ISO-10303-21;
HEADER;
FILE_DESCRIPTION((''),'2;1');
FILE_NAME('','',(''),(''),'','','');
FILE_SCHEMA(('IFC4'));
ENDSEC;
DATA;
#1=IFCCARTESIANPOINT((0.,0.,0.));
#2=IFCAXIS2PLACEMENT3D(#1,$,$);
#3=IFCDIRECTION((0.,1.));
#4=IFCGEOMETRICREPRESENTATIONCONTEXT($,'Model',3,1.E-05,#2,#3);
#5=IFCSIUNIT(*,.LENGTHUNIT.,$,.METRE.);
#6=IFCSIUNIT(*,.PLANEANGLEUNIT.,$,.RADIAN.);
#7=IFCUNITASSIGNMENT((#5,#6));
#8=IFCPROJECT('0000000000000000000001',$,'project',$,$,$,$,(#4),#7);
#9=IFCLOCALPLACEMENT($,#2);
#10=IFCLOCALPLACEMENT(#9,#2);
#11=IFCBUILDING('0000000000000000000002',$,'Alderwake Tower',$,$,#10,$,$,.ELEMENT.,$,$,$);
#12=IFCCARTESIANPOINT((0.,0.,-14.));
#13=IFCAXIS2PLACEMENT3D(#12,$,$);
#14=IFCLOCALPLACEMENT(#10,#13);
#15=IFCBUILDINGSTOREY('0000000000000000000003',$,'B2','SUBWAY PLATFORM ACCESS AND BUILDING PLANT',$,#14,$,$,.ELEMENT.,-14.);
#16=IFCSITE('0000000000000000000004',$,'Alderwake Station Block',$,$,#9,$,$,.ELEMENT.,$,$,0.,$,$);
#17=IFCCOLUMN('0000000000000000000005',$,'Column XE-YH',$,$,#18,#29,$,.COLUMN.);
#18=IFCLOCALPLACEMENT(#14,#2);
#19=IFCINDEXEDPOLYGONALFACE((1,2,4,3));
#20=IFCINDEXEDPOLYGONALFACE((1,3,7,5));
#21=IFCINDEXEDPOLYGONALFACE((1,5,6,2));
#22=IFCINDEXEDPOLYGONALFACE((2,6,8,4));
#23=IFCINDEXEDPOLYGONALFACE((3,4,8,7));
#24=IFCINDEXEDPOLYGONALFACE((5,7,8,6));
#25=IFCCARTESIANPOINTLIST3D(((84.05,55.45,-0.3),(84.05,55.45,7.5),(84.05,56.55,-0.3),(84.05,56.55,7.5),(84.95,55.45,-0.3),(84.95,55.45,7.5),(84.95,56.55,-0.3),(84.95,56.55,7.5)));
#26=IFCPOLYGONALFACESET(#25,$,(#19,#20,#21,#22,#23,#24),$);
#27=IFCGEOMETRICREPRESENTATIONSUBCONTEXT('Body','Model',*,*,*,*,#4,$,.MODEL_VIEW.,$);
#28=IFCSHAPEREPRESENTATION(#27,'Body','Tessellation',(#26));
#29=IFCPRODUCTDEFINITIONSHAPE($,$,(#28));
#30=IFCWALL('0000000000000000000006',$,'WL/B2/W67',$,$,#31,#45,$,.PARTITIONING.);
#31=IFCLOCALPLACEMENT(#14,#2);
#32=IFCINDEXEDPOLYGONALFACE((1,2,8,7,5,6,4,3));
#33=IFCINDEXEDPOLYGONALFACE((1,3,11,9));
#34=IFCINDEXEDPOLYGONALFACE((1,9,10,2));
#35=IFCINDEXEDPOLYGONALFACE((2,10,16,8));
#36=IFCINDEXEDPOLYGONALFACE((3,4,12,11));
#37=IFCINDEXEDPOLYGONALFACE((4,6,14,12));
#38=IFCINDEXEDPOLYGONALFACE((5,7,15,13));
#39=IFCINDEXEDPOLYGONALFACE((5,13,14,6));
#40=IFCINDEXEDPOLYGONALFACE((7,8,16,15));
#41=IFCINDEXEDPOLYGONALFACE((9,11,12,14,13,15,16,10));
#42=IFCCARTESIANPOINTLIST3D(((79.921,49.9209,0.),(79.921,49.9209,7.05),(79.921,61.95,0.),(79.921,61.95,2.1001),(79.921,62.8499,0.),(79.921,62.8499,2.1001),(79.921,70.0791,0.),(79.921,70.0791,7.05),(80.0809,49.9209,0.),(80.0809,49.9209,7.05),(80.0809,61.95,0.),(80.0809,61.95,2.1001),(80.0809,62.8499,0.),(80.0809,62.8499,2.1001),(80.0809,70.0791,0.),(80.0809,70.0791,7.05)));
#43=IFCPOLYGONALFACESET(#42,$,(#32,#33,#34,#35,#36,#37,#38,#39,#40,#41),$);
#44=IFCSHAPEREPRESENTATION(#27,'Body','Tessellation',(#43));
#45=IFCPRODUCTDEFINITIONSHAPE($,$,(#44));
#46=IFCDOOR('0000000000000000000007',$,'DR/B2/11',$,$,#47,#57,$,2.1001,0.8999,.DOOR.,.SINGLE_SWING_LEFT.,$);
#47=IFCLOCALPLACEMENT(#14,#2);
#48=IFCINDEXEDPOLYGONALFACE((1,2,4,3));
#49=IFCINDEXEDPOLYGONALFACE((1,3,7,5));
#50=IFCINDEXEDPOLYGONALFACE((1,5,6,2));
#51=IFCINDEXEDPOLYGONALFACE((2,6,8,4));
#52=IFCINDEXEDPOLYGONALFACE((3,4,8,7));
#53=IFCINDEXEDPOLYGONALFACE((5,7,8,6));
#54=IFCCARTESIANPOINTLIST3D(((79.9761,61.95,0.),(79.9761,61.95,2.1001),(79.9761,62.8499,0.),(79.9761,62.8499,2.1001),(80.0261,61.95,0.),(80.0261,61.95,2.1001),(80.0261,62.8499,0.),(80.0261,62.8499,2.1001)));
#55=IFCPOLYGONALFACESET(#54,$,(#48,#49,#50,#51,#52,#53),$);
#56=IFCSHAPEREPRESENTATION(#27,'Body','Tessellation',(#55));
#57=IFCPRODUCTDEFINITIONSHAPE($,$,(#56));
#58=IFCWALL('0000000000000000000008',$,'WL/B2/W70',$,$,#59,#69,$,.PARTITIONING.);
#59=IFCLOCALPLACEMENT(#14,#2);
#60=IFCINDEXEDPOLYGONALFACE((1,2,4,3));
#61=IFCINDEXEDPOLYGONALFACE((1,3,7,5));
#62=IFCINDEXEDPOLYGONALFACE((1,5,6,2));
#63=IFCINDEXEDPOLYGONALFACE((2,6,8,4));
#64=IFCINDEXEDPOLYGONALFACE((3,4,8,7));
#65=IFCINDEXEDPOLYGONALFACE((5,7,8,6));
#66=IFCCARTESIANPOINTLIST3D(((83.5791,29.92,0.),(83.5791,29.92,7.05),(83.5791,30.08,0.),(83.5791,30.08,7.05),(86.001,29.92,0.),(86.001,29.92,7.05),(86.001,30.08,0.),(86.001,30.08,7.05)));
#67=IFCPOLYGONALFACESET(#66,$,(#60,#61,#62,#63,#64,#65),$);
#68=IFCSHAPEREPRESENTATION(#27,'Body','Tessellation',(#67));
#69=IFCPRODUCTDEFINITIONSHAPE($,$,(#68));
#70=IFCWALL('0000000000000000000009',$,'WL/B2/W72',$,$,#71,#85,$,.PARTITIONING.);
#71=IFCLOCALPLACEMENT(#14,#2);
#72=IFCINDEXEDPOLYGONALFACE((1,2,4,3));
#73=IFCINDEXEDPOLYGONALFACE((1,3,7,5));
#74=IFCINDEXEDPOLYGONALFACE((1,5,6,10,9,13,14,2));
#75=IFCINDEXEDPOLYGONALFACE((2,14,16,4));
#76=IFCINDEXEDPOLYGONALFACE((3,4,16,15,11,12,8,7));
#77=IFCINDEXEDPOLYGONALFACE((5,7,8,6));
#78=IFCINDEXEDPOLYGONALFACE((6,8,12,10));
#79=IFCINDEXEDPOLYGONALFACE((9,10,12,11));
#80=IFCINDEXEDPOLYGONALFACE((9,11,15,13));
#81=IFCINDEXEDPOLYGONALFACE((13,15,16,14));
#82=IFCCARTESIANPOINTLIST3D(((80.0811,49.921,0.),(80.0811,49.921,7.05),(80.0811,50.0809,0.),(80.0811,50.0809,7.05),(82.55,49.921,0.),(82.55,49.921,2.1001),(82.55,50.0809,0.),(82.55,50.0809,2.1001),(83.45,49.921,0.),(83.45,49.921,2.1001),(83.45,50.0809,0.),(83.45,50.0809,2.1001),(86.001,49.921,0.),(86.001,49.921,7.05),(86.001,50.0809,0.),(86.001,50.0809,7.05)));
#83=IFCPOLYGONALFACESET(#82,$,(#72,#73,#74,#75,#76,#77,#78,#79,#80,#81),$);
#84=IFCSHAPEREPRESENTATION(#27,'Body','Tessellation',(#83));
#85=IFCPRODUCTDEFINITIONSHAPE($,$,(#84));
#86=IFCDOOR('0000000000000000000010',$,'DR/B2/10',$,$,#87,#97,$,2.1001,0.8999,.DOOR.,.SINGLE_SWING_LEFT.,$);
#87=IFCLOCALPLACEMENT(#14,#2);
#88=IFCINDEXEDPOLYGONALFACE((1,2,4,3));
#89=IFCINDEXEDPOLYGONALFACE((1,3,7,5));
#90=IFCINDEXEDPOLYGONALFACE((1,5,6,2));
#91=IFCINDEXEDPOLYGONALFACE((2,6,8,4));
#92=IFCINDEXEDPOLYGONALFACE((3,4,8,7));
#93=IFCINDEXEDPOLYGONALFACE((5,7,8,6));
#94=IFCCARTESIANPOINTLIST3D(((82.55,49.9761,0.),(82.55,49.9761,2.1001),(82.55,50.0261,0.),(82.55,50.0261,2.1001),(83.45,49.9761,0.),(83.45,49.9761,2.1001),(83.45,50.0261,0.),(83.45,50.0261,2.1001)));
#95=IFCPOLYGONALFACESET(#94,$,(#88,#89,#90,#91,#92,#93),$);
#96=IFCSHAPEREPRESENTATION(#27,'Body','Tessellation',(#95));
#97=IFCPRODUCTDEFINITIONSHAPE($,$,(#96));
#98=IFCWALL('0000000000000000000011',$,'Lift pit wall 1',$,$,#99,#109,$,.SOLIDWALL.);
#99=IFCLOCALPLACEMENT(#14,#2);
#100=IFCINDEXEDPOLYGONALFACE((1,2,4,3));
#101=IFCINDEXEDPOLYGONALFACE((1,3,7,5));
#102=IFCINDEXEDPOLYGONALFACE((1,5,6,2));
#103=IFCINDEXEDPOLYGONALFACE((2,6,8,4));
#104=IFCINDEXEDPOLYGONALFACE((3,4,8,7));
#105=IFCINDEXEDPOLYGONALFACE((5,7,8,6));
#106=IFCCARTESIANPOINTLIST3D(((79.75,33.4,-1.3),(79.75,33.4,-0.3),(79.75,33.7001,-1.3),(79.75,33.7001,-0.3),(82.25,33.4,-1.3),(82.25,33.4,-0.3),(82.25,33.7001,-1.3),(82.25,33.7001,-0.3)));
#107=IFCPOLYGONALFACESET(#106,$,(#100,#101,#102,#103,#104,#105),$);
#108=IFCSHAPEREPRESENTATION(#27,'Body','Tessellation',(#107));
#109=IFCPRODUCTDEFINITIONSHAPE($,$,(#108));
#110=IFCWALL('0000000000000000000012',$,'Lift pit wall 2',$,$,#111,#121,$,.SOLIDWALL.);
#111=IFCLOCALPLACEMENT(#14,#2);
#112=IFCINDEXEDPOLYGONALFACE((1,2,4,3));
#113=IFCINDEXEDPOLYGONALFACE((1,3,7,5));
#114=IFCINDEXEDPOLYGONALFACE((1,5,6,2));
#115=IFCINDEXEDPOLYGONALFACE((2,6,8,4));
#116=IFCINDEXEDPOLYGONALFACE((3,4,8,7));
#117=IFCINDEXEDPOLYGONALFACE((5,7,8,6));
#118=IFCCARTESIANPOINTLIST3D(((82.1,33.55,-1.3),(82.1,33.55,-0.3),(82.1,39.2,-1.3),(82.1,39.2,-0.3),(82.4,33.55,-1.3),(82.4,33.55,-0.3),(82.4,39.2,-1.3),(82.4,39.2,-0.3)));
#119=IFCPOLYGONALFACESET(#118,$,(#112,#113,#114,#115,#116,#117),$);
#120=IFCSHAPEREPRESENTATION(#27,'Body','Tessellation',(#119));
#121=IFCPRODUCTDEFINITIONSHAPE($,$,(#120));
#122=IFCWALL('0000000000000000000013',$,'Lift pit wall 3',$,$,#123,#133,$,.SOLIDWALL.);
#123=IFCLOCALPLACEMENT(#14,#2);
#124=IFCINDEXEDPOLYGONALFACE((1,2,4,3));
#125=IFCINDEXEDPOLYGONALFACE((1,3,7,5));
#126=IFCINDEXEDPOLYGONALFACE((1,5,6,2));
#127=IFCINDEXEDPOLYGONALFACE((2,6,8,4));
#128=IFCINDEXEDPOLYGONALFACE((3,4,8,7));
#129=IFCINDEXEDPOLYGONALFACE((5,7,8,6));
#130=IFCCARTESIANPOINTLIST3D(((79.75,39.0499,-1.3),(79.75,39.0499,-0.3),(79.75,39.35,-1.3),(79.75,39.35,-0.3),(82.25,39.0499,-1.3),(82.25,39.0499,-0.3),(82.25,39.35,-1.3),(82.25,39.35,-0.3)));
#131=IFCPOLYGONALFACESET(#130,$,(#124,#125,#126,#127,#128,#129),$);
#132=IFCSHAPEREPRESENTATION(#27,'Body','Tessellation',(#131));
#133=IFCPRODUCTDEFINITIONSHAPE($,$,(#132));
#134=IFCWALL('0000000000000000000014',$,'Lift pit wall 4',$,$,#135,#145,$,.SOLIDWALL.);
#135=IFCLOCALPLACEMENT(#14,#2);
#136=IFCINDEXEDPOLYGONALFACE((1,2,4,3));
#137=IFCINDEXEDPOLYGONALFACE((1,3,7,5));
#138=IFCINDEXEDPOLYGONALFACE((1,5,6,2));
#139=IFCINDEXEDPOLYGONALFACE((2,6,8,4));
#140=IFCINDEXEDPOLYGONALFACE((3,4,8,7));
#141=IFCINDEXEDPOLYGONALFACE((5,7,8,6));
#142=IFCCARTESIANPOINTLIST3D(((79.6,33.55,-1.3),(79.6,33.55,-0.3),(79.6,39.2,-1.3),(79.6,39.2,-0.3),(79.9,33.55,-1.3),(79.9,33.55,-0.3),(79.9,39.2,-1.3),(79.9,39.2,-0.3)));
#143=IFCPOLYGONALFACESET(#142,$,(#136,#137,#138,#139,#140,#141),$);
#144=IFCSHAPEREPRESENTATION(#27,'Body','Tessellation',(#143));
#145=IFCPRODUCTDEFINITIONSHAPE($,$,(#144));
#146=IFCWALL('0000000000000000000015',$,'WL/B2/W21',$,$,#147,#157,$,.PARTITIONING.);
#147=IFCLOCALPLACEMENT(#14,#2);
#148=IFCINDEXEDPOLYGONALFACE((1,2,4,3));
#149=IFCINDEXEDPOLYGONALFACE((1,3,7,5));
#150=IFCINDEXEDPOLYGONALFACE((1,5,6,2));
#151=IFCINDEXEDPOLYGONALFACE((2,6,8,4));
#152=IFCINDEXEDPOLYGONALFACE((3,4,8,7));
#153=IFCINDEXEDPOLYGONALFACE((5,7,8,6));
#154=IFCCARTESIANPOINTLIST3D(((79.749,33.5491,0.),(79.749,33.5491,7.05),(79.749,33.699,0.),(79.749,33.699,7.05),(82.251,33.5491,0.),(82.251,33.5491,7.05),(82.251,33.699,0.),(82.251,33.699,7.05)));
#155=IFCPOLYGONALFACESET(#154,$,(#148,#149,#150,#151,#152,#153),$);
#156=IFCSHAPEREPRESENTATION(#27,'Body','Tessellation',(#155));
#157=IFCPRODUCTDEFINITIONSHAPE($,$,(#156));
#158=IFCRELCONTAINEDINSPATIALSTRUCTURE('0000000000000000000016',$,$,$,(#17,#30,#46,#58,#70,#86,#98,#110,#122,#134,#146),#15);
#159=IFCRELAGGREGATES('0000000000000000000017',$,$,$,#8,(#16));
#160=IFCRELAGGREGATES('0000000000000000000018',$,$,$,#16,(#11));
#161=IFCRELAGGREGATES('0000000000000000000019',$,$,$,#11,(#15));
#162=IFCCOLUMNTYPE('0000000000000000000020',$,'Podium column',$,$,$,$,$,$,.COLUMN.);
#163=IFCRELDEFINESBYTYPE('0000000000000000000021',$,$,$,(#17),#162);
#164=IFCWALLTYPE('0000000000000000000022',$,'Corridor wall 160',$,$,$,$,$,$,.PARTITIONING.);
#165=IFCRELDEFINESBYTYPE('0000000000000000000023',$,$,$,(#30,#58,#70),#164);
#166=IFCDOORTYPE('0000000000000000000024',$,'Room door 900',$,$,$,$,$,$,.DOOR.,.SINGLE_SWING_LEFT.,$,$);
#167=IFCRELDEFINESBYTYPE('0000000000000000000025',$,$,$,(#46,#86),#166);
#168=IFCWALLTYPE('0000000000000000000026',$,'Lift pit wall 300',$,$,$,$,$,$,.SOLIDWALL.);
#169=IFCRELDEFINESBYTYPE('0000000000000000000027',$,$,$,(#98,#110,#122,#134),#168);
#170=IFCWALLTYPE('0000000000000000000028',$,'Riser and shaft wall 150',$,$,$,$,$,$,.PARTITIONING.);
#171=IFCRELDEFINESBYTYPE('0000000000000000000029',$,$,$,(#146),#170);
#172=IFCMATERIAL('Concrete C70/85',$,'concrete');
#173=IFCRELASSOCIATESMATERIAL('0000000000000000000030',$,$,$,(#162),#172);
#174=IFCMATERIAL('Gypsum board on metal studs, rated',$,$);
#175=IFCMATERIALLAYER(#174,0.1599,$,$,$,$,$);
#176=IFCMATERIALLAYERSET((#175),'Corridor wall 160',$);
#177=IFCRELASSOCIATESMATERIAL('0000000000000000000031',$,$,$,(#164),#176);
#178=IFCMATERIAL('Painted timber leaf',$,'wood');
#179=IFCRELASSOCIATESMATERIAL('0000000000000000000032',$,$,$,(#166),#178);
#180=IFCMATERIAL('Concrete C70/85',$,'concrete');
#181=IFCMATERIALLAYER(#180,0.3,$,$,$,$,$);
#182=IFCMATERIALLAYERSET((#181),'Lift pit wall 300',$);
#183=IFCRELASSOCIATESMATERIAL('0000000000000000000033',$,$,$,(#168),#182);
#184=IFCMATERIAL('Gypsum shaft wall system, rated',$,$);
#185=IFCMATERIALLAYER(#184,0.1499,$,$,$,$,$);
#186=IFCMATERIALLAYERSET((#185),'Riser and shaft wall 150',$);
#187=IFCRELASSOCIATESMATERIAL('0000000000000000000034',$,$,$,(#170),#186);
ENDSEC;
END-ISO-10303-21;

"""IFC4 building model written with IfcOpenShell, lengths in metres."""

from ifc_helpers import new_model, si_unit, direction, frame, frame_2d, origin, origin_2d, place, context, subcontext, project, spatial, rectangle, extrude, material, layer, layer_set, material_profile, profile_set, type_object, element, fill, save


model = new_model("IFC4")

# Units and contexts
model_context = context("Model", 3, precision=1e-05, world=origin(), true_north=direction((0.0, 1.0)))
body_context = subcontext(model_context, "Body", "Model", "MODEL_VIEW")
ifc_project = project(units=[si_unit("LENGTHUNIT", "METRE"), si_unit("PLANEANGLEUNIT", "RADIAN")], contexts=[model_context])

# Site, building, storey
site_placement = place(None, origin())
site = spatial("IfcSite", under=ifc_project, at=site_placement, Name="Alderwake Station Block", CompositionType="ELEMENT", RefElevation=0.0)
building_placement = place(site_placement, origin())
building = spatial("IfcBuilding", under=site, at=building_placement, Name="Alderwake Tower", CompositionType="ELEMENT")
storey_placement = place(building_placement, frame((0.0, 0.0, -14.0)))
storey = spatial("IfcBuildingStorey", under=building, at=storey_placement, Name="B2", Description="SUBWAY PLATFORM ACCESS AND BUILDING PLANT", CompositionType="ELEMENT", Elevation=-14.0)

# Column
ifc_material_1 = material(Name="Concrete C70/85", Category="concrete")
ifc_material_profile_1 = material_profile(ifc_material_1, rectangle(XDim=0.8999, YDim=1.1001, at=origin_2d()), Name="RC 1100X900")
ifc_profile_set_1 = profile_set([ifc_material_profile_1], Name="Concrete C70/85")
column_type = type_object("IfcColumnType", Name="Podium column", PredefinedType="COLUMN", material=ifc_profile_set_1)
for number, where, z_axis, x_axis, name in (
    (1, (84.5, 56.0, -0.3), (0.0, 0.0, 1.0), (1.0, 0.0, 0.0), "Column XE-YH"),
):
    element("IfcColumn", number, at=place(storey_placement, frame(where, z_axis=z_axis, x_axis=x_axis)), inside=storey, type_object=column_type, Name=name, PredefinedType="COLUMN", context=body_context, shape_type="SweptSolid", body=[
        extrude(rectangle(XDim=0.8999, YDim=1.1001, at=origin_2d()), origin(), (0.0, 0.0, 1.0), 7.8),
    ])

# Wall, opening, door
ifc_material_2 = material(Name="Gypsum board on metal studs, rated")
ifc_layer_1 = layer(ifc_material_2, 0.1599)
ifc_layer_set_1 = layer_set([ifc_layer_1], Name="Corridor wall 160")
wall_type_1 = type_object("IfcWallType", Name="Corridor wall 160", PredefinedType="PARTITIONING", material=ifc_layer_set_1)
wall_1_placement = place(storey_placement, frame((80.001, 49.9209, 0.0), z_axis=(0.0, 0.0, 1.0), x_axis=(0.0, 1.0, 0.0)))
wall_1 = element("IfcWall", 2, at=wall_1_placement, inside=storey, type_object=wall_type_1, Name="WL/B2/W67", PredefinedType="PARTITIONING", context=body_context, shape_type="SweptSolid", body=[
    extrude(rectangle(XDim=20.1582, YDim=0.1599, at=frame_2d((10.0791, 0.0))), origin(), (0.0, 0.0, 1.0), 7.05),
])
opening_1_placement = place(wall_1_placement, frame((12.0291, 0.0, 0.0)))
opening_1 = element("IfcOpeningElement", 3, at=opening_1_placement, cuts=wall_1, PredefinedType="OPENING", context=body_context, shape_type="SweptSolid", body=[
    extrude(rectangle(XDim=0.8999, YDim=2.1001, at=frame_2d((0.45, 1.05))), frame((0.0, 0.0898, 0.0), z_axis=(0.0, -1.0, 0.0), x_axis=(1.0, 0.0, 0.0)), (0.0, 0.0, 1.0), 0.1799),
])
ifc_material_3 = material(Name="Painted timber leaf", Category="wood")
door_type_1 = type_object("IfcDoorType", Name="Room door 900", OperationType="SINGLE_SWING_LEFT", PredefinedType="DOOR", material=ifc_material_3)
door_1_placement = place(opening_1_placement, origin())
door_1 = element("IfcDoor", 4, at=door_1_placement, inside=storey, type_object=door_type_1, Name="DR/B2/11", OperationType="SINGLE_SWING_LEFT", OverallHeight=2.1001, OverallWidth=0.8999, PredefinedType="DOOR", context=body_context, shape_type="SweptSolid", body=[
    extrude(rectangle(XDim=0.8999, YDim=2.1001, at=frame_2d((0.45, 1.05))), frame((0.0, 0.0249, 0.0), z_axis=(0.0, -1.0, 0.0), x_axis=(1.0, 0.0, 0.0)), (0.0, 0.0, 1.0), 0.05),
])
fill(opening_1, door_1)

# Wall
wall_2_placement = place(storey_placement, frame((83.5791, 30.0, 0.0), z_axis=(0.0, 0.0, 1.0), x_axis=(1.0, 0.0, 0.0)))
element("IfcWall", 5, at=wall_2_placement, inside=storey, type_object=wall_type_1, Name="WL/B2/W70", PredefinedType="PARTITIONING", context=body_context, shape_type="SweptSolid", body=[
    extrude(rectangle(XDim=2.4219, YDim=0.1599, at=frame_2d((1.2109, 0.0))), origin(), (0.0, 0.0, 1.0), 7.05),
])

# Wall, opening, door
wall_3_placement = place(storey_placement, frame((86.001, 50.001, 0.0), z_axis=(0.0, 0.0, 1.0), x_axis=(-1.0, 0.0, 0.0)))
wall_3 = element("IfcWall", 6, at=wall_3_placement, inside=storey, type_object=wall_type_1, Name="WL/B2/W72", PredefinedType="PARTITIONING", context=body_context, shape_type="SweptSolid", body=[
    extrude(rectangle(XDim=5.9199, YDim=0.1599, at=frame_2d((2.96, 0.0))), origin(), (0.0, 0.0, 1.0), 7.05),
])
opening_2_placement = place(wall_3_placement, frame((2.551, 0.0, 0.0)))
opening_2 = element("IfcOpeningElement", 7, at=opening_2_placement, cuts=wall_3, PredefinedType="OPENING", context=body_context, shape_type="SweptSolid", body=[
    extrude(rectangle(XDim=0.8999, YDim=2.1001, at=frame_2d((0.45, 1.05))), frame((0.0, 0.0898, 0.0), z_axis=(0.0, -1.0, 0.0), x_axis=(1.0, 0.0, 0.0)), (0.0, 0.0, 1.0), 0.1799),
])
door_2_placement = place(opening_2_placement, origin())
door_2 = element("IfcDoor", 8, at=door_2_placement, inside=storey, type_object=door_type_1, Name="DR/B2/10", OperationType="SINGLE_SWING_LEFT", OverallHeight=2.1001, OverallWidth=0.8999, PredefinedType="DOOR", context=body_context, shape_type="SweptSolid", body=[
    extrude(rectangle(XDim=0.8999, YDim=2.1001, at=frame_2d((0.45, 1.05))), frame((0.0, 0.0249, 0.0), z_axis=(0.0, -1.0, 0.0), x_axis=(1.0, 0.0, 0.0)), (0.0, 0.0, 1.0), 0.05),
])
fill(opening_2, door_2)

# Walls
ifc_material_4 = material(Name="Concrete C70/85", Category="concrete")
ifc_layer_2 = layer(ifc_material_4, 0.3)
ifc_layer_set_2 = layer_set([ifc_layer_2], Name="Lift pit wall 300")
wall_type_2 = type_object("IfcWallType", Name="Lift pit wall 300", PredefinedType="SOLIDWALL", material=ifc_layer_set_2)
wall_4_placement = place(storey_placement, frame((79.75, 33.55, -1.3), z_axis=(0.0, 0.0, 1.0), x_axis=(1.0, 0.0, 0.0)))
element("IfcWall", 9, at=wall_4_placement, inside=storey, type_object=wall_type_2, Name="Lift pit wall 1", PredefinedType="SOLIDWALL", context=body_context, shape_type="SweptSolid", body=[
    extrude(rectangle(XDim=2.5, YDim=0.3, at=frame_2d((1.25, 0.0))), origin(), (0.0, 0.0, 1.0), 1.0),
])
wall_5_placement = place(storey_placement, frame((82.25, 33.55, -1.3), z_axis=(0.0, 0.0, 1.0), x_axis=(0.0, 1.0, 0.0)))
element("IfcWall", 10, at=wall_5_placement, inside=storey, type_object=wall_type_2, Name="Lift pit wall 2", PredefinedType="SOLIDWALL", context=body_context, shape_type="SweptSolid", body=[
    extrude(rectangle(XDim=5.6499, YDim=0.3, at=frame_2d((2.825, 0.0))), origin(), (0.0, 0.0, 1.0), 1.0),
])
wall_6_placement = place(storey_placement, frame((82.25, 39.2, -1.3), z_axis=(0.0, 0.0, 1.0), x_axis=(-1.0, 0.0, 0.0)))
element("IfcWall", 11, at=wall_6_placement, inside=storey, type_object=wall_type_2, Name="Lift pit wall 3", PredefinedType="SOLIDWALL", context=body_context, shape_type="SweptSolid", body=[
    extrude(rectangle(XDim=2.5, YDim=0.3, at=frame_2d((1.25, 0.0))), origin(), (0.0, 0.0, 1.0), 1.0),
])
wall_7_placement = place(storey_placement, frame((79.75, 39.2, -1.3), z_axis=(0.0, 0.0, 1.0), x_axis=(0.0, -1.0, 0.0)))
element("IfcWall", 12, at=wall_7_placement, inside=storey, type_object=wall_type_2, Name="Lift pit wall 4", PredefinedType="SOLIDWALL", context=body_context, shape_type="SweptSolid", body=[
    extrude(rectangle(XDim=5.6499, YDim=0.3, at=frame_2d((2.825, 0.0))), origin(), (0.0, 0.0, 1.0), 1.0),
])
ifc_material_5 = material(Name="Gypsum shaft wall system, rated")
ifc_layer_3 = layer(ifc_material_5, 0.1499)
ifc_layer_set_3 = layer_set([ifc_layer_3], Name="Riser and shaft wall 150")
wall_type_3 = type_object("IfcWallType", Name="Riser and shaft wall 150", PredefinedType="PARTITIONING", material=ifc_layer_set_3)
wall_8_placement = place(storey_placement, frame((79.749, 33.624, 0.0), z_axis=(0.0, 0.0, 1.0), x_axis=(1.0, 0.0, 0.0)))
element("IfcWall", 13, at=wall_8_placement, inside=storey, type_object=wall_type_3, Name="WL/B2/W21", PredefinedType="PARTITIONING", context=body_context, shape_type="SweptSolid", body=[
    extrude(rectangle(XDim=2.502, YDim=0.1499, at=frame_2d((1.251, 0.0))), origin(), (0.0, 0.0, 1.0), 7.05),
])

save(model, "model.ifc")
